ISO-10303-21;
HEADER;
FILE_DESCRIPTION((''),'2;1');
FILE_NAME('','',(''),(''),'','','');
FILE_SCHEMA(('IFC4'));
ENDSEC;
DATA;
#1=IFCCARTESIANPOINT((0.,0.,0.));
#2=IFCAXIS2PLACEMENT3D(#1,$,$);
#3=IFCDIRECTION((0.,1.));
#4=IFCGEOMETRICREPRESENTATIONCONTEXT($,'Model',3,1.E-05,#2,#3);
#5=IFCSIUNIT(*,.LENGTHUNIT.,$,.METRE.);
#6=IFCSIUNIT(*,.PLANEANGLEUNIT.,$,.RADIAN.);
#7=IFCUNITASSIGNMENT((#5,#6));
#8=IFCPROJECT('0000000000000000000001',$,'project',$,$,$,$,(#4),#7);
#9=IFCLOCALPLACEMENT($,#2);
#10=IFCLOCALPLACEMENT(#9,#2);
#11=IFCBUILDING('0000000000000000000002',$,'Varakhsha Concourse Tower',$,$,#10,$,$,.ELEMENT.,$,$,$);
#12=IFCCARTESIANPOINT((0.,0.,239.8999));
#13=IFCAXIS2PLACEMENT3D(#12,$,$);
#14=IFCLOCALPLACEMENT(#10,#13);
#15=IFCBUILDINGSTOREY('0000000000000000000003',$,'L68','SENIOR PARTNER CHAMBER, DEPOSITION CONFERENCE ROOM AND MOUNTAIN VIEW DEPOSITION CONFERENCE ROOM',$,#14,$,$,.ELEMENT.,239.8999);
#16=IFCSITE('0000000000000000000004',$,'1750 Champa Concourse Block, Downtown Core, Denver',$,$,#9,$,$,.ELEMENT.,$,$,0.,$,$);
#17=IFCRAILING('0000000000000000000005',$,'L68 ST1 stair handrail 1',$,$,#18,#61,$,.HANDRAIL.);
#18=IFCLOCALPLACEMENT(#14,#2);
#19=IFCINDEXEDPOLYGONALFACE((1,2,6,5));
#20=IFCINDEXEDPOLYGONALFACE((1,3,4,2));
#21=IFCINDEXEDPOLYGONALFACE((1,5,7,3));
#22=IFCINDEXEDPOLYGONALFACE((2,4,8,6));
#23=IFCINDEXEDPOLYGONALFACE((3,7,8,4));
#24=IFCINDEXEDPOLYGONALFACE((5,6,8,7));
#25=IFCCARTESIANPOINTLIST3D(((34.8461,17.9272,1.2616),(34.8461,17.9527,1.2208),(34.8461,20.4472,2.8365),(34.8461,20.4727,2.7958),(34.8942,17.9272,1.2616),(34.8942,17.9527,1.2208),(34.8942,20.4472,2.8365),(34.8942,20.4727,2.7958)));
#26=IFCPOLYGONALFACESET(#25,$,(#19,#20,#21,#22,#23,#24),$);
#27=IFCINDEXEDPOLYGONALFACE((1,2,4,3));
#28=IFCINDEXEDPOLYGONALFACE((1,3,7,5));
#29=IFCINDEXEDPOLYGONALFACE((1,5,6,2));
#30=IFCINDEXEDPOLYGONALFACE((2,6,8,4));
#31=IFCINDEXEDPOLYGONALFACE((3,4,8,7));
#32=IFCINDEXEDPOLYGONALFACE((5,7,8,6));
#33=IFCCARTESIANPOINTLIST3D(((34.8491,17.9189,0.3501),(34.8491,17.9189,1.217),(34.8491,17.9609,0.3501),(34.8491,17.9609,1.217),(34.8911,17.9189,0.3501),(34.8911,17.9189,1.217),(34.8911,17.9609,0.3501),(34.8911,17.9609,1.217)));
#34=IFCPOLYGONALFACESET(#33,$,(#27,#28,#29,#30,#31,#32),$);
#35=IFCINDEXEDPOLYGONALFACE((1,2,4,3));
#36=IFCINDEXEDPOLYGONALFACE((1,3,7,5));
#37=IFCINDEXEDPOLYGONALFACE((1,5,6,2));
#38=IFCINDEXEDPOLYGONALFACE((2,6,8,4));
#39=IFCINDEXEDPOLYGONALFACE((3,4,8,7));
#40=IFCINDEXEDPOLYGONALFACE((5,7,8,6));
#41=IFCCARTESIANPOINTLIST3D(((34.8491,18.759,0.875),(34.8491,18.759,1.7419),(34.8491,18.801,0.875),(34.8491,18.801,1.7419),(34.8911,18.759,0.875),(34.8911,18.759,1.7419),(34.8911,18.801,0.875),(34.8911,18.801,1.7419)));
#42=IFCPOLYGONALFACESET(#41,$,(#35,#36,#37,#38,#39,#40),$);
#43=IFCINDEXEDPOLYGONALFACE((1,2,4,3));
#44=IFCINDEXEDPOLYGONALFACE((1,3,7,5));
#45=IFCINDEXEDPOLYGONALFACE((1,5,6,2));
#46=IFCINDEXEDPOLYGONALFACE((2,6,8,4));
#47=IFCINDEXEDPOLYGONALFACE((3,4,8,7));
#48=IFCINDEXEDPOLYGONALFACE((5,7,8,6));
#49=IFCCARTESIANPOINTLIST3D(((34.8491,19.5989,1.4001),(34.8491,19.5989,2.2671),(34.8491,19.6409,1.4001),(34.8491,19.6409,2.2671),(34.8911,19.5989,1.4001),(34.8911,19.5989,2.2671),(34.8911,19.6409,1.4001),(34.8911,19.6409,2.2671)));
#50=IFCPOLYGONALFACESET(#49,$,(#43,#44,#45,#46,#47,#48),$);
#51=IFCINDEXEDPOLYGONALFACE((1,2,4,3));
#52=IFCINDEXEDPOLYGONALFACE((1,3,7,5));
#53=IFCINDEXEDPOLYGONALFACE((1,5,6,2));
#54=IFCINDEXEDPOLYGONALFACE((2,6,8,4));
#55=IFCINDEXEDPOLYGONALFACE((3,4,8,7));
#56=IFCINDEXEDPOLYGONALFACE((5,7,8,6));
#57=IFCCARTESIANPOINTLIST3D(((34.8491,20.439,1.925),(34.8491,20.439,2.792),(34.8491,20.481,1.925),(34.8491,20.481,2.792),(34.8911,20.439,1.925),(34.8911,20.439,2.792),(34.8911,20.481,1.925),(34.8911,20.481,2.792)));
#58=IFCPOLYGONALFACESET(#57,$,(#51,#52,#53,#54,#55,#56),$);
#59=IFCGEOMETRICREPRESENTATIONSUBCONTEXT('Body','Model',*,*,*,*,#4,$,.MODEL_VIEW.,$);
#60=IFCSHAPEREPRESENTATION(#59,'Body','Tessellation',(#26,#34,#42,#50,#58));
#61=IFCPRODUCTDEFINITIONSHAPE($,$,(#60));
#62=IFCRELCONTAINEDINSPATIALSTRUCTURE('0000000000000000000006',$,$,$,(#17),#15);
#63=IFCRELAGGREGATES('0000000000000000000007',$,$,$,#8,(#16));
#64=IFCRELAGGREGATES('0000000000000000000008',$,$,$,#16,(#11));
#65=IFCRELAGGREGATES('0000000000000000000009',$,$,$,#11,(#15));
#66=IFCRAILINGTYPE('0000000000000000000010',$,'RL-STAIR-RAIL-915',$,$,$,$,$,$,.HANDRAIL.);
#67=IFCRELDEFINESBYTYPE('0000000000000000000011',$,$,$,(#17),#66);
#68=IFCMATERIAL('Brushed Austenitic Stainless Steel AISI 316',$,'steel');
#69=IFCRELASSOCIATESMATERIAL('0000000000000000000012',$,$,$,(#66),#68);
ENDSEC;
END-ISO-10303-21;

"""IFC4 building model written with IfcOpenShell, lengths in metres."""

from ifc_helpers import new_model, si_unit, direction, frame, origin, origin_2d, place, context, subcontext, project, spatial, rectangle, extrude, material, type_object, element, save


model = new_model("IFC4")

# Units and contexts
model_context = context("Model", 3, precision=1e-05, world=origin(), true_north=direction((0.0, 1.0)))
body_context = subcontext(model_context, "Body", "Model", "MODEL_VIEW")
ifc_project = project(units=[si_unit("LENGTHUNIT", "METRE"), si_unit("PLANEANGLEUNIT", "RADIAN")], contexts=[model_context])

# Site, building, storey
site_placement = place(None, origin())
site = spatial("IfcSite", under=ifc_project, at=site_placement, Name="1750 Champa Concourse Block, Downtown Core, Denver", CompositionType="ELEMENT", RefElevation=0.0)
building_placement = place(site_placement, origin())
building = spatial("IfcBuilding", under=site, at=building_placement, Name="Varakhsha Concourse Tower", CompositionType="ELEMENT")
storey_placement = place(building_placement, frame((0.0, 0.0, 239.8999)))
storey = spatial("IfcBuildingStorey", under=building, at=storey_placement, Name="L68", Description="SENIOR PARTNER CHAMBER, DEPOSITION CONFERENCE ROOM AND MOUNTAIN VIEW DEPOSITION CONFERENCE ROOM", CompositionType="ELEMENT", Elevation=239.8999)

# Railing
ifc_material_1 = material(Name="Brushed Austenitic Stainless Steel AISI 316", Category="steel")
railing_type_1 = type_object("IfcRailingType", Name="RL-STAIR-RAIL-915", PredefinedType="HANDRAIL", material=ifc_material_1)
railing_1_placement = place(storey_placement, frame((34.8701, 17.9399, 0.3501)))
element("IfcRailing", 1, at=railing_1_placement, inside=storey, type_object=railing_type_1, Name="L68 ST1 stair handrail 1", PredefinedType="HANDRAIL", context=body_context, shape_type="SweptSolid", body=[
    extrude(rectangle(XDim=0.0481, YDim=0.0481, at=origin_2d()), frame((0.0, 0.0, 0.8911), z_axis=(0.0, 0.848008, 0.529984), x_axis=(-1.0, 0.0, 0.0)), (0.0, 0.0, 1.0), 2.9717),
    extrude(rectangle(XDim=0.042, YDim=0.042, at=origin_2d()), origin(), (0.0, 0.0, 1.0), 0.8669),
    extrude(rectangle(XDim=0.042, YDim=0.042, at=origin_2d()), frame((0.0, 0.8401, 0.5249)), (0.0, 0.0, 1.0), 0.8669),
    extrude(rectangle(XDim=0.042, YDim=0.042, at=origin_2d()), frame((0.0, 1.6799, 1.05)), (0.0, 0.0, 1.0), 0.8669),
    extrude(rectangle(XDim=0.042, YDim=0.042, at=origin_2d()), frame((0.0, 2.52, 1.575)), (0.0, 0.0, 1.0), 0.8669),
])

save(model, "model.ifc")
